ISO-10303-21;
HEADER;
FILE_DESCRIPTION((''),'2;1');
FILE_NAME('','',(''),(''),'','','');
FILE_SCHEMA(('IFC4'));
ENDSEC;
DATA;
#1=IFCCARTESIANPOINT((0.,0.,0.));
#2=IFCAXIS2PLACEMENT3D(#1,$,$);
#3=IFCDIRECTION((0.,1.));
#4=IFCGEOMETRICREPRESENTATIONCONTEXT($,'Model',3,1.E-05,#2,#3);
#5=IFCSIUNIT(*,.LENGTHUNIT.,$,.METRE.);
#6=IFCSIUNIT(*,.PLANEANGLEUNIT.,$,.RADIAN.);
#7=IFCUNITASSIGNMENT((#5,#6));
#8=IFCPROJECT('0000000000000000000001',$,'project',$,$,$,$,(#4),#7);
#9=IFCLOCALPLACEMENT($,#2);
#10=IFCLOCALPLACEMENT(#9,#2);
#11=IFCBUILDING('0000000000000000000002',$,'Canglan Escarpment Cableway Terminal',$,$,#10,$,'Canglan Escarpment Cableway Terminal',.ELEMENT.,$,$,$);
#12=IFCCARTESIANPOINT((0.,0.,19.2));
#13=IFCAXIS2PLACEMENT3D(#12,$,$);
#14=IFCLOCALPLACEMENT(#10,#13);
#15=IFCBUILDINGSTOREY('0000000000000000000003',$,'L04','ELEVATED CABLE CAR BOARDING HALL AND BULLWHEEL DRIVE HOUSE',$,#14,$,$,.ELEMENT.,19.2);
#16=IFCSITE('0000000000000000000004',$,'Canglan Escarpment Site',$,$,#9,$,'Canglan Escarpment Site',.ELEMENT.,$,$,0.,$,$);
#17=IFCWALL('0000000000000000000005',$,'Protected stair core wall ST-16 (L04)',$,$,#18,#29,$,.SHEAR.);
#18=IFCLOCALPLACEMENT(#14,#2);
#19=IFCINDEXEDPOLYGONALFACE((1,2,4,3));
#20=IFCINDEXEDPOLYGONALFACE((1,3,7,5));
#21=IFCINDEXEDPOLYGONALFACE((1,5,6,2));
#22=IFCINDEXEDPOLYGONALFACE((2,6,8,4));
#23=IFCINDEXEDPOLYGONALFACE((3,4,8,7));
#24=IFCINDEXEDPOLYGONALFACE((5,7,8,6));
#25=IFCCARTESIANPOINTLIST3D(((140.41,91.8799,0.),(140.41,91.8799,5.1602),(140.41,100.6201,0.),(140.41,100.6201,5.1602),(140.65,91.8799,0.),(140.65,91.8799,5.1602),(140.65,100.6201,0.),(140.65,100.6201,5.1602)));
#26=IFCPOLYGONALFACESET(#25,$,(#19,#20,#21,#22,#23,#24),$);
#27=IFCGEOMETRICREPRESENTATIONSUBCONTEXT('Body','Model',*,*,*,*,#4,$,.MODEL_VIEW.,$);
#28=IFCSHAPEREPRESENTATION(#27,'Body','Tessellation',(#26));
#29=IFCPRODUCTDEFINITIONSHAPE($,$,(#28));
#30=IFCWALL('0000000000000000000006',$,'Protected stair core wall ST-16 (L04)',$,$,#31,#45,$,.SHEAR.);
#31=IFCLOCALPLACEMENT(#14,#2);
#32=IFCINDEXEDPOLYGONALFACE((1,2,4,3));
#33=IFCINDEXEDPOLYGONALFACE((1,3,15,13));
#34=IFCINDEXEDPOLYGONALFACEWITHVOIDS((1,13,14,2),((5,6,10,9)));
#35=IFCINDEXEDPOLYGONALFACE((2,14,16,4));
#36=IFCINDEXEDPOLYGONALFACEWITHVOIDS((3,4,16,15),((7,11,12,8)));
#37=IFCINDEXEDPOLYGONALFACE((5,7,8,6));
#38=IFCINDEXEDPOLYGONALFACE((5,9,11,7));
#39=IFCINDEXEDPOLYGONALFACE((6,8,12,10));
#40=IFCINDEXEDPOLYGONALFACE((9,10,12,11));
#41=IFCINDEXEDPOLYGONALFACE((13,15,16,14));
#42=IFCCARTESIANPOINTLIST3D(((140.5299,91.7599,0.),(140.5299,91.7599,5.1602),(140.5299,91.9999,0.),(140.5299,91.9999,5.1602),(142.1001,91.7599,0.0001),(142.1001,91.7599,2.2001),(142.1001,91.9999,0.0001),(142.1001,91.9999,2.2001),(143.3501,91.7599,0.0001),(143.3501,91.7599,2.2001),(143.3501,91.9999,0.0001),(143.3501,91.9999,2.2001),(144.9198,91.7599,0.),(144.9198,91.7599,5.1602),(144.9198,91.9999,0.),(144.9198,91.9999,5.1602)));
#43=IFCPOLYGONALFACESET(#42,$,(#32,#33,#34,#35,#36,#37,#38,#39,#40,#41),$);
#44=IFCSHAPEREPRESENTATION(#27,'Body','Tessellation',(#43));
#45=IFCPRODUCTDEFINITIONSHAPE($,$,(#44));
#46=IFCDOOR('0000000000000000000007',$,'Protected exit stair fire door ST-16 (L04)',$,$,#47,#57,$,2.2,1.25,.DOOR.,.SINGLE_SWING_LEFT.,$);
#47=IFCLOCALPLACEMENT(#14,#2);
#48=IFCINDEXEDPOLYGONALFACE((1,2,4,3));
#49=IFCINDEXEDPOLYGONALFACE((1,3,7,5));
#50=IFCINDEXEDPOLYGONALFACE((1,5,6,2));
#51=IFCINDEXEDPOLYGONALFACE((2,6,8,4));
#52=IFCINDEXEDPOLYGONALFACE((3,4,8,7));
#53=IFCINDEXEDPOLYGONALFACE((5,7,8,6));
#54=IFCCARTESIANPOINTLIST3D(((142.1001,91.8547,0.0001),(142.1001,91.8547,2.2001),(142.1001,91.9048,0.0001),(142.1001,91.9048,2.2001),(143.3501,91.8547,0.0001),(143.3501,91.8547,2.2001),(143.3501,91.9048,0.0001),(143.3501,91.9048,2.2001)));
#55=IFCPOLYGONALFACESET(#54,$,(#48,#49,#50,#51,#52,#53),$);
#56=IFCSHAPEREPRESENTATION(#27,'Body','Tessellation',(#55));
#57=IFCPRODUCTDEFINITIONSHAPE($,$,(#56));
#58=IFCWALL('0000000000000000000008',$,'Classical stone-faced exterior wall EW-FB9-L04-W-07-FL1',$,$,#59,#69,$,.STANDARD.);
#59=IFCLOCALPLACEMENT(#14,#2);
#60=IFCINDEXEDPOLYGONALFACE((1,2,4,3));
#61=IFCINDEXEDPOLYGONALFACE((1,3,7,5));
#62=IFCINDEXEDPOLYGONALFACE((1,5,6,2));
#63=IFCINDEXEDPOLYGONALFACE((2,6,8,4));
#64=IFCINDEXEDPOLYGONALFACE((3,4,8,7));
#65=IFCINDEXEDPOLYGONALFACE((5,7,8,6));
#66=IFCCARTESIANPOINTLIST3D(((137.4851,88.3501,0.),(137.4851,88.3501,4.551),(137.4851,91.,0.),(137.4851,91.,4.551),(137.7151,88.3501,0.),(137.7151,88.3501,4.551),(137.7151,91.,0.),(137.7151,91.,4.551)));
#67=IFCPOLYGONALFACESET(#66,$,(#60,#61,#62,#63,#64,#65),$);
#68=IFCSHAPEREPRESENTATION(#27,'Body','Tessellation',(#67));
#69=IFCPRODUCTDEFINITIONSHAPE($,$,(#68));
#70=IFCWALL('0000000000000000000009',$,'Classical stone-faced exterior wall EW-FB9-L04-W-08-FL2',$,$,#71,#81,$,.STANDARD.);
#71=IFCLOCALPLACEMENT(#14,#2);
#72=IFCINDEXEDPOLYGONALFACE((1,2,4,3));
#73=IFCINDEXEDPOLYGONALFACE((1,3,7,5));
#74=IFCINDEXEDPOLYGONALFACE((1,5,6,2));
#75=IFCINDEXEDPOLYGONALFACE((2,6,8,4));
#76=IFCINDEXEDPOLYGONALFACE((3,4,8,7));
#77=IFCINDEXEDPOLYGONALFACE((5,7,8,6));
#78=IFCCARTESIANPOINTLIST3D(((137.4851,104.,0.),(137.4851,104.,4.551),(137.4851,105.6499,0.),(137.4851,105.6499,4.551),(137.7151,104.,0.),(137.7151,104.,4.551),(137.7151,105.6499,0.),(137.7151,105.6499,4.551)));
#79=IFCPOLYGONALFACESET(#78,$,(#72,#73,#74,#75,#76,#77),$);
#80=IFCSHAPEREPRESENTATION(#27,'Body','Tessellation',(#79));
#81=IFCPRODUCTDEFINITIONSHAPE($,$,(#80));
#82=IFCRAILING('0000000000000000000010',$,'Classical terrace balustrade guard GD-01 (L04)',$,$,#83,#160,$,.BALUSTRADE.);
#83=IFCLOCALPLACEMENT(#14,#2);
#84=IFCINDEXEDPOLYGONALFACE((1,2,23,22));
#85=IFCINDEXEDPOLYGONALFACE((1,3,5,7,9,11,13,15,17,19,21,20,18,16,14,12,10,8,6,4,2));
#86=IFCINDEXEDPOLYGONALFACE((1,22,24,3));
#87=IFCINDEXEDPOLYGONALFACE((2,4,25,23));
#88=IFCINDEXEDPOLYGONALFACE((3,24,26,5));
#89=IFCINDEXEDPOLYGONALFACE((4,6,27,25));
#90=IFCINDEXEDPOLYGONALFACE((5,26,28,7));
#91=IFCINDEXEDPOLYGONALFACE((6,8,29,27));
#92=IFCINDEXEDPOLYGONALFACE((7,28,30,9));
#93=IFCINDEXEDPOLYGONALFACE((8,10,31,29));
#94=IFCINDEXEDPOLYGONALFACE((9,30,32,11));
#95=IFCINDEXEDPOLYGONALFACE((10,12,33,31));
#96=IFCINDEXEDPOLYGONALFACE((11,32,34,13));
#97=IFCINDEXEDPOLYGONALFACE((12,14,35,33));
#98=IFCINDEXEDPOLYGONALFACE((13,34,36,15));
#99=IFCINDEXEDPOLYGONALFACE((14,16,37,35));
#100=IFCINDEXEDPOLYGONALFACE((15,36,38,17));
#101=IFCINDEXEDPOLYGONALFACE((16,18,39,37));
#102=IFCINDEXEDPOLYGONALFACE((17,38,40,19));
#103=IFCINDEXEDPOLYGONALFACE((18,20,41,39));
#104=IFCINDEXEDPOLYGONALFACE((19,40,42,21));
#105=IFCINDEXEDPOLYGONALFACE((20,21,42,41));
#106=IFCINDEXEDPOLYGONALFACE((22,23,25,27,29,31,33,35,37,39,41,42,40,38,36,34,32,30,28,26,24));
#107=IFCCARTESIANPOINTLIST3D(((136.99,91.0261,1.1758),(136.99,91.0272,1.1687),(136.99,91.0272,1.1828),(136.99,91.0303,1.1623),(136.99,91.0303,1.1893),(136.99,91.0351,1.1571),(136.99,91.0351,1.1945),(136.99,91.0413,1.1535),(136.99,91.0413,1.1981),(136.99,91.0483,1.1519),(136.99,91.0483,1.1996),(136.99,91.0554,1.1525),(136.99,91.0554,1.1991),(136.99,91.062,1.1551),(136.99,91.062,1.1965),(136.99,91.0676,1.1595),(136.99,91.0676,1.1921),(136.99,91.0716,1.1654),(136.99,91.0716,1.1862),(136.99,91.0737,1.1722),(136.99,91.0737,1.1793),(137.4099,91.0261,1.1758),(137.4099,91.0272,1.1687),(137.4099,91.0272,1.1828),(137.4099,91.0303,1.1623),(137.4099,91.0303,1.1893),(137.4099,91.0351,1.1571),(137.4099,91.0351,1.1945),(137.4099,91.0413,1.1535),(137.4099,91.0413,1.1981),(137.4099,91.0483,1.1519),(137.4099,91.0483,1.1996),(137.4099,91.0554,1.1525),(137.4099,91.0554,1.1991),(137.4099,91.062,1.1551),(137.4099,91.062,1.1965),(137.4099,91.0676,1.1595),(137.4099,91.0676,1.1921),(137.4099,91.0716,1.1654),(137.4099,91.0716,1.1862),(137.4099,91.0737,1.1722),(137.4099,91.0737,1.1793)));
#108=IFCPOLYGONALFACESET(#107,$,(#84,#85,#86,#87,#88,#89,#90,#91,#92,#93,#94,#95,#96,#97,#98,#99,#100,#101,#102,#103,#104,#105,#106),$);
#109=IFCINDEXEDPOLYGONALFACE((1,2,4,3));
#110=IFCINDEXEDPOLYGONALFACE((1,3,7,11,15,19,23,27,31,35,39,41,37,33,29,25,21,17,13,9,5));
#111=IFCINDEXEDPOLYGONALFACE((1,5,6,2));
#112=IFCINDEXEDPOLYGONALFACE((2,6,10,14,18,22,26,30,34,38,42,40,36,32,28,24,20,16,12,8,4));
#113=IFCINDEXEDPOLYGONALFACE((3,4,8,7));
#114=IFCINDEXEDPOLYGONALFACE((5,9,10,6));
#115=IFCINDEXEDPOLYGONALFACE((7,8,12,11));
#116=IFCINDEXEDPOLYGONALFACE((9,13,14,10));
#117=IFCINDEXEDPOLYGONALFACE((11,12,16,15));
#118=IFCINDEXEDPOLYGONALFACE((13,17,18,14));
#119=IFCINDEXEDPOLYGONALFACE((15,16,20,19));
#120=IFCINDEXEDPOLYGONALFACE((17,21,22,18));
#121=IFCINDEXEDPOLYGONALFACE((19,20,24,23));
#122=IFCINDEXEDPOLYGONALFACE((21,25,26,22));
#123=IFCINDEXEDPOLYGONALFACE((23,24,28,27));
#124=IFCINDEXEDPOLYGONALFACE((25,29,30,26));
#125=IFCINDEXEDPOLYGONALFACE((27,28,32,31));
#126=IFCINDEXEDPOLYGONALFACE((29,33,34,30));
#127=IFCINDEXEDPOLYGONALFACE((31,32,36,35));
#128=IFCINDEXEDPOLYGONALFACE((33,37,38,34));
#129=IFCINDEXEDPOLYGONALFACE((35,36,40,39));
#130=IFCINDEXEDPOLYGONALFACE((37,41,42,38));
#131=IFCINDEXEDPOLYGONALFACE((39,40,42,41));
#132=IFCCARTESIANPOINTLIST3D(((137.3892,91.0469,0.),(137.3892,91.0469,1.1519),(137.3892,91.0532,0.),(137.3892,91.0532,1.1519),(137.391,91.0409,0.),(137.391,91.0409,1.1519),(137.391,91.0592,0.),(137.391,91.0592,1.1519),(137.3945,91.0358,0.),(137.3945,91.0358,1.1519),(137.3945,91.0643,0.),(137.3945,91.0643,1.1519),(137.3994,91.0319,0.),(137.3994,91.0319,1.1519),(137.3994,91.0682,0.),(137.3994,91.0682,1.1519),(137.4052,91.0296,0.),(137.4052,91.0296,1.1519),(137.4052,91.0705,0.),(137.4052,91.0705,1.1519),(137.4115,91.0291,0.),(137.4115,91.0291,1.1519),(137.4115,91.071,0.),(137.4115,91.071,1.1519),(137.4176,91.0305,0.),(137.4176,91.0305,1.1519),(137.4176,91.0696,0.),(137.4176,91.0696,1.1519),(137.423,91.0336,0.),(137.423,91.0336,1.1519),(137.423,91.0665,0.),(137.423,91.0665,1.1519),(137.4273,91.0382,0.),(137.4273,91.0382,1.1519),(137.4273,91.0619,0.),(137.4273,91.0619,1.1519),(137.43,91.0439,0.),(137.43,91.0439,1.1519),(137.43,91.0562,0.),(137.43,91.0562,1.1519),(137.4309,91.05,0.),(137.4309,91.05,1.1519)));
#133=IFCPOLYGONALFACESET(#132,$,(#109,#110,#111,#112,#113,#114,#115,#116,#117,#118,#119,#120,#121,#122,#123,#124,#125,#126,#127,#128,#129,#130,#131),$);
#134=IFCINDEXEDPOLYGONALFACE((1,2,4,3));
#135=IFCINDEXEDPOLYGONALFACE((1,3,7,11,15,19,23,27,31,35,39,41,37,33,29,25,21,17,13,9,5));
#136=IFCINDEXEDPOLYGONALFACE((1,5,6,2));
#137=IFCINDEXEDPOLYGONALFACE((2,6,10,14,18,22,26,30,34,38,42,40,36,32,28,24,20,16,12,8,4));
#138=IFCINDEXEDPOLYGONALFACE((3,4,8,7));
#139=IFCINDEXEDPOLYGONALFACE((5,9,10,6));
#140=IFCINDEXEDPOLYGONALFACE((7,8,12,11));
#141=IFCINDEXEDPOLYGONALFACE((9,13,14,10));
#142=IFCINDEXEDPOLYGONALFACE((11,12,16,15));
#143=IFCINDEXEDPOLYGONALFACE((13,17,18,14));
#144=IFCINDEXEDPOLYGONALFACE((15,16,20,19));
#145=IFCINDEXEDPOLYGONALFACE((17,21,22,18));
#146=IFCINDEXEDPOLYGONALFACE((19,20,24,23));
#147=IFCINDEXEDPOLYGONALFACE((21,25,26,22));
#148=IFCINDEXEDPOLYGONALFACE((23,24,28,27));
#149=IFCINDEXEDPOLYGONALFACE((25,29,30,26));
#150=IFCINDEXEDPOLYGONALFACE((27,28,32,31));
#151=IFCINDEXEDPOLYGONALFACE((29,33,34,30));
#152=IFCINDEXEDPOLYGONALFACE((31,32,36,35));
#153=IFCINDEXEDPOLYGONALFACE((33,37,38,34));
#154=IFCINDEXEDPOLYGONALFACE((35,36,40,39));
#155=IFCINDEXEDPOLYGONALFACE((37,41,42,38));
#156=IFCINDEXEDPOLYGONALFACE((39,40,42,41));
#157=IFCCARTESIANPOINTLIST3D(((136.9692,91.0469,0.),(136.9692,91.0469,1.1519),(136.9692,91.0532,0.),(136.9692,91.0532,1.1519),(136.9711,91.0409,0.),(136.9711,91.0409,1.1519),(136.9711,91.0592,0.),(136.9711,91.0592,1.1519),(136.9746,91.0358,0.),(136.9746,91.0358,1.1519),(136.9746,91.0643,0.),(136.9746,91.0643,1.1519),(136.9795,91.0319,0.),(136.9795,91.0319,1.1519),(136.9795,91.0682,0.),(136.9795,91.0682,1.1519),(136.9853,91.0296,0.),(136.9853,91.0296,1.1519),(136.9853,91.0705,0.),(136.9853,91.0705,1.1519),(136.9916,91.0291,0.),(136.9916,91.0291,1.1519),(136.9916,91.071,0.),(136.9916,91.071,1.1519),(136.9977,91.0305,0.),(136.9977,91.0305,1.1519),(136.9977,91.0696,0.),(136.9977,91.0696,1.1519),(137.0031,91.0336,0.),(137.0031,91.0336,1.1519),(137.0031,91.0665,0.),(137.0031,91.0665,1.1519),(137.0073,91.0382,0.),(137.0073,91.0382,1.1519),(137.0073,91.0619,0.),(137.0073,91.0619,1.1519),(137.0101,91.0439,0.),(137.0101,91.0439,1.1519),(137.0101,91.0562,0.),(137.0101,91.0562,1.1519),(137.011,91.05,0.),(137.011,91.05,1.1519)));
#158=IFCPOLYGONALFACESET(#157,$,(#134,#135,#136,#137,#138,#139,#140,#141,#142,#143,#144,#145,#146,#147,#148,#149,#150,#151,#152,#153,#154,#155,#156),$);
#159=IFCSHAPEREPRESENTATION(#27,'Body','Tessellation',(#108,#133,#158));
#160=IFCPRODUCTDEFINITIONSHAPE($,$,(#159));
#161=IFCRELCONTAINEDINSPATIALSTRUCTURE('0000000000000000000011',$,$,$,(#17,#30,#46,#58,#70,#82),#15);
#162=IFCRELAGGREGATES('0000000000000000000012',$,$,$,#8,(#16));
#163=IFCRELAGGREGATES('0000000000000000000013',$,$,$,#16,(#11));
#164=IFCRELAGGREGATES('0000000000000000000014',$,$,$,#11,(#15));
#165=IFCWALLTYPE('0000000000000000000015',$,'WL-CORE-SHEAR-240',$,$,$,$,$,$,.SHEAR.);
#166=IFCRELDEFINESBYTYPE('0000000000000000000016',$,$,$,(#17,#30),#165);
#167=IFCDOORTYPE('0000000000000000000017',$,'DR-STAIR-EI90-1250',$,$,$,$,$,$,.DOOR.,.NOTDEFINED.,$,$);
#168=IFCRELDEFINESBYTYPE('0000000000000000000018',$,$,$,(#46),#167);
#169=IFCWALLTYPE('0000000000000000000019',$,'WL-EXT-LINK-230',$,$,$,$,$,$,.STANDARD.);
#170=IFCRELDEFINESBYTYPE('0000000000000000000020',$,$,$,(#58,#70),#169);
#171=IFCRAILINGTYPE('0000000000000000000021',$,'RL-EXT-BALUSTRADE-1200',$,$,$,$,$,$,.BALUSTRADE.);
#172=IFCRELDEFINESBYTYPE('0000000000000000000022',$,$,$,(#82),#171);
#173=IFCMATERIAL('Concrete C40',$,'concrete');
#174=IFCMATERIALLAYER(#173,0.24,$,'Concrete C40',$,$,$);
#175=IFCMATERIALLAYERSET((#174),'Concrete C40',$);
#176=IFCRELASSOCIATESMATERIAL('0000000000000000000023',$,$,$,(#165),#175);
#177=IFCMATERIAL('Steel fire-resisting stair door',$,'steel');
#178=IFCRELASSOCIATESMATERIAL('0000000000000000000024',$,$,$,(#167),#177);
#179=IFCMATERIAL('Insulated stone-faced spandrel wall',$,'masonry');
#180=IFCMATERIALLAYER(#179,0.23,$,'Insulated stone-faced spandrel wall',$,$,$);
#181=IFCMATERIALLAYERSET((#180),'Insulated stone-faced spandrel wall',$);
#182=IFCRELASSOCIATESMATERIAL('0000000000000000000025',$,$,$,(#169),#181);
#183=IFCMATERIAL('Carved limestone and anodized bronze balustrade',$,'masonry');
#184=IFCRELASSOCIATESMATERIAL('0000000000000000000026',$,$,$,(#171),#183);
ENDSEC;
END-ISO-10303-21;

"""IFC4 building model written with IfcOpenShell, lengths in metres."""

from ifc_helpers import new_model, si_unit, direction, frame, frame_2d, origin, origin_2d, place, context, subcontext, project, spatial, rectangle, circle, extrude, material, layer, layer_set, type_object, element, fill, save


model = new_model("IFC4")

# Units and contexts
model_context = context("Model", 3, precision=1e-05, world=origin(), true_north=direction((0.0, 1.0)))
body_context = subcontext(model_context, "Body", "Model", "MODEL_VIEW")
ifc_project = project(units=[si_unit("LENGTHUNIT", "METRE"), si_unit("PLANEANGLEUNIT", "RADIAN")], contexts=[model_context])

# Site, building, storey
site_placement = place(None, origin())
site = spatial("IfcSite", under=ifc_project, at=site_placement, Name="Canglan Escarpment Site", LongName="Canglan Escarpment Site", CompositionType="ELEMENT", RefElevation=0.0)
building_placement = place(site_placement, origin())
building = spatial("IfcBuilding", under=site, at=building_placement, Name="Canglan Escarpment Cableway Terminal", LongName="Canglan Escarpment Cableway Terminal", CompositionType="ELEMENT")
storey_placement = place(building_placement, frame((0.0, 0.0, 19.2)))
storey = spatial("IfcBuildingStorey", under=building, at=storey_placement, Name="L04", Description="ELEVATED CABLE CAR BOARDING HALL AND BULLWHEEL DRIVE HOUSE", CompositionType="ELEMENT", Elevation=19.2)

# Shared definitions
ifc_material_1 = material(Name="Concrete C40", Category="concrete")

# Wall
ifc_layer_1 = layer(ifc_material_1, 0.24, Name="Concrete C40")
ifc_layer_set_1 = layer_set([ifc_layer_1], Name="Concrete C40")
wall_type_1 = type_object("IfcWallType", Name="WL-CORE-SHEAR-240", PredefinedType="SHEAR", material=ifc_layer_set_1)
wall_1_placement = place(storey_placement, frame((140.53, 100.6201, 0.0), z_axis=(0.0, 0.0, 1.0), x_axis=(0.0, -1.0, 0.0)))
element("IfcWall", 1, at=wall_1_placement, inside=storey, type_object=wall_type_1, Name="Protected stair core wall ST-16 (L04)", PredefinedType="SHEAR", context=body_context, shape_type="SweptSolid", body=[
    extrude(rectangle(XDim=8.7402, YDim=0.24, at=frame_2d((4.3701, 0.0))), origin(), (0.0, 0.0, 1.0), 5.1602),
])

# Wall, opening, door
wall_2_placement = place(storey_placement, frame((140.53, 91.8799, 0.0), z_axis=(0.0, 0.0, 1.0), x_axis=(1.0, 0.0, 0.0)))
wall_2 = element("IfcWall", 2, at=wall_2_placement, inside=storey, type_object=wall_type_1, Name="Protected stair core wall ST-16 (L04)", PredefinedType="SHEAR", context=body_context, shape_type="SweptSolid", body=[
    extrude(rectangle(XDim=4.3899, YDim=0.24, at=frame_2d((2.1948, 0.0))), origin(), (0.0, 0.0, 1.0), 5.1602),
])
opening_placement = place(wall_2_placement, frame((1.5701, 0.0, 0.0)))
opening = element("IfcOpeningElement", 3, at=opening_placement, cuts=wall_2, PredefinedType="OPENING", context=body_context, shape_type="SweptSolid", body=[
    extrude(rectangle(XDim=1.25, YDim=2.2, at=frame_2d((0.625, 1.1001))), frame((0.0, 0.1299, 0.0), z_axis=(0.0, -1.0, 0.0), x_axis=(1.0, 0.0, 0.0)), (0.0, 0.0, 1.0), 0.26),
])
ifc_material_2 = material(Name="Steel fire-resisting stair door", Category="steel")
door_type = type_object("IfcDoorType", Name="DR-STAIR-EI90-1250", OperationType="NOTDEFINED", PredefinedType="DOOR", material=ifc_material_2)
door_placement = place(opening_placement, origin())
door = element("IfcDoor", 4, at=door_placement, inside=storey, type_object=door_type, Name="Protected exit stair fire door ST-16 (L04)", OperationType="SINGLE_SWING_LEFT", OverallHeight=2.2, OverallWidth=1.25, PredefinedType="DOOR", context=body_context, shape_type="SweptSolid", body=[
    extrude(rectangle(XDim=1.25, YDim=2.2, at=frame_2d((0.625, 1.1001))), frame((0.0, 0.0249, 0.0), z_axis=(0.0, -1.0, 0.0), x_axis=(1.0, 0.0, 0.0)), (0.0, 0.0, 1.0), 0.05),
])
fill(opening, door)

# Walls
ifc_material_3 = material(Name="Insulated stone-faced spandrel wall", Category="masonry")
ifc_layer_2 = layer(ifc_material_3, 0.23, Name="Insulated stone-faced spandrel wall")
ifc_layer_set_2 = layer_set([ifc_layer_2], Name="Insulated stone-faced spandrel wall")
wall_type_2 = type_object("IfcWallType", Name="WL-EXT-LINK-230", PredefinedType="STANDARD", material=ifc_layer_set_2)
wall_3_placement = place(storey_placement, frame((137.6001, 88.3501, 0.0), z_axis=(0.0, 0.0, 1.0), x_axis=(0.0, 1.0, 0.0)))
element("IfcWall", 5, at=wall_3_placement, inside=storey, type_object=wall_type_2, Name="Classical stone-faced exterior wall EW-FB9-L04-W-07-FL1", PredefinedType="STANDARD", context=body_context, shape_type="SweptSolid", body=[
    extrude(rectangle(XDim=2.6499, YDim=0.23, at=frame_2d((1.325, 0.0))), origin(), (0.0, 0.0, 1.0), 4.551),
])
wall_4_placement = place(storey_placement, frame((137.6001, 104.0, 0.0), z_axis=(0.0, 0.0, 1.0), x_axis=(0.0, 1.0, 0.0)))
element("IfcWall", 6, at=wall_4_placement, inside=storey, type_object=wall_type_2, Name="Classical stone-faced exterior wall EW-FB9-L04-W-08-FL2", PredefinedType="STANDARD", context=body_context, shape_type="SweptSolid", body=[
    extrude(rectangle(XDim=1.6499, YDim=0.23, at=frame_2d((0.825, 0.0))), origin(), (0.0, 0.0, 1.0), 4.551),
])

# Railing
ifc_material_4 = material(Name="Carved limestone and anodized bronze balustrade", Category="masonry")
railing_type = type_object("IfcRailingType", Name="RL-EXT-BALUSTRADE-1200", PredefinedType="BALUSTRADE", material=ifc_material_4)
railing_1_placement = place(storey_placement, frame((137.4099, 91.05, 0.0)))
element("IfcRailing", 7, at=railing_1_placement, inside=storey, type_object=railing_type, Name="Classical terrace balustrade guard GD-01 (L04)", PredefinedType="BALUSTRADE", context=body_context, shape_type="SweptSolid", body=[
    extrude(circle(Radius=0.0239, at=origin_2d()), frame((0.0, 0.0, 1.1758), z_axis=(-1.0, 0.0, 0.0), x_axis=(0.0, -1.0, 0.0)), (0.0, 0.0, 1.0), 0.4199),
    extrude(circle(Radius=0.021, at=origin_2d()), origin(), (0.0, 0.0, 1.0), 1.1519),
    extrude(circle(Radius=0.021, at=origin_2d()), frame((-0.4199, 0.0, 0.0)), (0.0, 0.0, 1.0), 1.1519),
])

save(model, "model.ifc")
